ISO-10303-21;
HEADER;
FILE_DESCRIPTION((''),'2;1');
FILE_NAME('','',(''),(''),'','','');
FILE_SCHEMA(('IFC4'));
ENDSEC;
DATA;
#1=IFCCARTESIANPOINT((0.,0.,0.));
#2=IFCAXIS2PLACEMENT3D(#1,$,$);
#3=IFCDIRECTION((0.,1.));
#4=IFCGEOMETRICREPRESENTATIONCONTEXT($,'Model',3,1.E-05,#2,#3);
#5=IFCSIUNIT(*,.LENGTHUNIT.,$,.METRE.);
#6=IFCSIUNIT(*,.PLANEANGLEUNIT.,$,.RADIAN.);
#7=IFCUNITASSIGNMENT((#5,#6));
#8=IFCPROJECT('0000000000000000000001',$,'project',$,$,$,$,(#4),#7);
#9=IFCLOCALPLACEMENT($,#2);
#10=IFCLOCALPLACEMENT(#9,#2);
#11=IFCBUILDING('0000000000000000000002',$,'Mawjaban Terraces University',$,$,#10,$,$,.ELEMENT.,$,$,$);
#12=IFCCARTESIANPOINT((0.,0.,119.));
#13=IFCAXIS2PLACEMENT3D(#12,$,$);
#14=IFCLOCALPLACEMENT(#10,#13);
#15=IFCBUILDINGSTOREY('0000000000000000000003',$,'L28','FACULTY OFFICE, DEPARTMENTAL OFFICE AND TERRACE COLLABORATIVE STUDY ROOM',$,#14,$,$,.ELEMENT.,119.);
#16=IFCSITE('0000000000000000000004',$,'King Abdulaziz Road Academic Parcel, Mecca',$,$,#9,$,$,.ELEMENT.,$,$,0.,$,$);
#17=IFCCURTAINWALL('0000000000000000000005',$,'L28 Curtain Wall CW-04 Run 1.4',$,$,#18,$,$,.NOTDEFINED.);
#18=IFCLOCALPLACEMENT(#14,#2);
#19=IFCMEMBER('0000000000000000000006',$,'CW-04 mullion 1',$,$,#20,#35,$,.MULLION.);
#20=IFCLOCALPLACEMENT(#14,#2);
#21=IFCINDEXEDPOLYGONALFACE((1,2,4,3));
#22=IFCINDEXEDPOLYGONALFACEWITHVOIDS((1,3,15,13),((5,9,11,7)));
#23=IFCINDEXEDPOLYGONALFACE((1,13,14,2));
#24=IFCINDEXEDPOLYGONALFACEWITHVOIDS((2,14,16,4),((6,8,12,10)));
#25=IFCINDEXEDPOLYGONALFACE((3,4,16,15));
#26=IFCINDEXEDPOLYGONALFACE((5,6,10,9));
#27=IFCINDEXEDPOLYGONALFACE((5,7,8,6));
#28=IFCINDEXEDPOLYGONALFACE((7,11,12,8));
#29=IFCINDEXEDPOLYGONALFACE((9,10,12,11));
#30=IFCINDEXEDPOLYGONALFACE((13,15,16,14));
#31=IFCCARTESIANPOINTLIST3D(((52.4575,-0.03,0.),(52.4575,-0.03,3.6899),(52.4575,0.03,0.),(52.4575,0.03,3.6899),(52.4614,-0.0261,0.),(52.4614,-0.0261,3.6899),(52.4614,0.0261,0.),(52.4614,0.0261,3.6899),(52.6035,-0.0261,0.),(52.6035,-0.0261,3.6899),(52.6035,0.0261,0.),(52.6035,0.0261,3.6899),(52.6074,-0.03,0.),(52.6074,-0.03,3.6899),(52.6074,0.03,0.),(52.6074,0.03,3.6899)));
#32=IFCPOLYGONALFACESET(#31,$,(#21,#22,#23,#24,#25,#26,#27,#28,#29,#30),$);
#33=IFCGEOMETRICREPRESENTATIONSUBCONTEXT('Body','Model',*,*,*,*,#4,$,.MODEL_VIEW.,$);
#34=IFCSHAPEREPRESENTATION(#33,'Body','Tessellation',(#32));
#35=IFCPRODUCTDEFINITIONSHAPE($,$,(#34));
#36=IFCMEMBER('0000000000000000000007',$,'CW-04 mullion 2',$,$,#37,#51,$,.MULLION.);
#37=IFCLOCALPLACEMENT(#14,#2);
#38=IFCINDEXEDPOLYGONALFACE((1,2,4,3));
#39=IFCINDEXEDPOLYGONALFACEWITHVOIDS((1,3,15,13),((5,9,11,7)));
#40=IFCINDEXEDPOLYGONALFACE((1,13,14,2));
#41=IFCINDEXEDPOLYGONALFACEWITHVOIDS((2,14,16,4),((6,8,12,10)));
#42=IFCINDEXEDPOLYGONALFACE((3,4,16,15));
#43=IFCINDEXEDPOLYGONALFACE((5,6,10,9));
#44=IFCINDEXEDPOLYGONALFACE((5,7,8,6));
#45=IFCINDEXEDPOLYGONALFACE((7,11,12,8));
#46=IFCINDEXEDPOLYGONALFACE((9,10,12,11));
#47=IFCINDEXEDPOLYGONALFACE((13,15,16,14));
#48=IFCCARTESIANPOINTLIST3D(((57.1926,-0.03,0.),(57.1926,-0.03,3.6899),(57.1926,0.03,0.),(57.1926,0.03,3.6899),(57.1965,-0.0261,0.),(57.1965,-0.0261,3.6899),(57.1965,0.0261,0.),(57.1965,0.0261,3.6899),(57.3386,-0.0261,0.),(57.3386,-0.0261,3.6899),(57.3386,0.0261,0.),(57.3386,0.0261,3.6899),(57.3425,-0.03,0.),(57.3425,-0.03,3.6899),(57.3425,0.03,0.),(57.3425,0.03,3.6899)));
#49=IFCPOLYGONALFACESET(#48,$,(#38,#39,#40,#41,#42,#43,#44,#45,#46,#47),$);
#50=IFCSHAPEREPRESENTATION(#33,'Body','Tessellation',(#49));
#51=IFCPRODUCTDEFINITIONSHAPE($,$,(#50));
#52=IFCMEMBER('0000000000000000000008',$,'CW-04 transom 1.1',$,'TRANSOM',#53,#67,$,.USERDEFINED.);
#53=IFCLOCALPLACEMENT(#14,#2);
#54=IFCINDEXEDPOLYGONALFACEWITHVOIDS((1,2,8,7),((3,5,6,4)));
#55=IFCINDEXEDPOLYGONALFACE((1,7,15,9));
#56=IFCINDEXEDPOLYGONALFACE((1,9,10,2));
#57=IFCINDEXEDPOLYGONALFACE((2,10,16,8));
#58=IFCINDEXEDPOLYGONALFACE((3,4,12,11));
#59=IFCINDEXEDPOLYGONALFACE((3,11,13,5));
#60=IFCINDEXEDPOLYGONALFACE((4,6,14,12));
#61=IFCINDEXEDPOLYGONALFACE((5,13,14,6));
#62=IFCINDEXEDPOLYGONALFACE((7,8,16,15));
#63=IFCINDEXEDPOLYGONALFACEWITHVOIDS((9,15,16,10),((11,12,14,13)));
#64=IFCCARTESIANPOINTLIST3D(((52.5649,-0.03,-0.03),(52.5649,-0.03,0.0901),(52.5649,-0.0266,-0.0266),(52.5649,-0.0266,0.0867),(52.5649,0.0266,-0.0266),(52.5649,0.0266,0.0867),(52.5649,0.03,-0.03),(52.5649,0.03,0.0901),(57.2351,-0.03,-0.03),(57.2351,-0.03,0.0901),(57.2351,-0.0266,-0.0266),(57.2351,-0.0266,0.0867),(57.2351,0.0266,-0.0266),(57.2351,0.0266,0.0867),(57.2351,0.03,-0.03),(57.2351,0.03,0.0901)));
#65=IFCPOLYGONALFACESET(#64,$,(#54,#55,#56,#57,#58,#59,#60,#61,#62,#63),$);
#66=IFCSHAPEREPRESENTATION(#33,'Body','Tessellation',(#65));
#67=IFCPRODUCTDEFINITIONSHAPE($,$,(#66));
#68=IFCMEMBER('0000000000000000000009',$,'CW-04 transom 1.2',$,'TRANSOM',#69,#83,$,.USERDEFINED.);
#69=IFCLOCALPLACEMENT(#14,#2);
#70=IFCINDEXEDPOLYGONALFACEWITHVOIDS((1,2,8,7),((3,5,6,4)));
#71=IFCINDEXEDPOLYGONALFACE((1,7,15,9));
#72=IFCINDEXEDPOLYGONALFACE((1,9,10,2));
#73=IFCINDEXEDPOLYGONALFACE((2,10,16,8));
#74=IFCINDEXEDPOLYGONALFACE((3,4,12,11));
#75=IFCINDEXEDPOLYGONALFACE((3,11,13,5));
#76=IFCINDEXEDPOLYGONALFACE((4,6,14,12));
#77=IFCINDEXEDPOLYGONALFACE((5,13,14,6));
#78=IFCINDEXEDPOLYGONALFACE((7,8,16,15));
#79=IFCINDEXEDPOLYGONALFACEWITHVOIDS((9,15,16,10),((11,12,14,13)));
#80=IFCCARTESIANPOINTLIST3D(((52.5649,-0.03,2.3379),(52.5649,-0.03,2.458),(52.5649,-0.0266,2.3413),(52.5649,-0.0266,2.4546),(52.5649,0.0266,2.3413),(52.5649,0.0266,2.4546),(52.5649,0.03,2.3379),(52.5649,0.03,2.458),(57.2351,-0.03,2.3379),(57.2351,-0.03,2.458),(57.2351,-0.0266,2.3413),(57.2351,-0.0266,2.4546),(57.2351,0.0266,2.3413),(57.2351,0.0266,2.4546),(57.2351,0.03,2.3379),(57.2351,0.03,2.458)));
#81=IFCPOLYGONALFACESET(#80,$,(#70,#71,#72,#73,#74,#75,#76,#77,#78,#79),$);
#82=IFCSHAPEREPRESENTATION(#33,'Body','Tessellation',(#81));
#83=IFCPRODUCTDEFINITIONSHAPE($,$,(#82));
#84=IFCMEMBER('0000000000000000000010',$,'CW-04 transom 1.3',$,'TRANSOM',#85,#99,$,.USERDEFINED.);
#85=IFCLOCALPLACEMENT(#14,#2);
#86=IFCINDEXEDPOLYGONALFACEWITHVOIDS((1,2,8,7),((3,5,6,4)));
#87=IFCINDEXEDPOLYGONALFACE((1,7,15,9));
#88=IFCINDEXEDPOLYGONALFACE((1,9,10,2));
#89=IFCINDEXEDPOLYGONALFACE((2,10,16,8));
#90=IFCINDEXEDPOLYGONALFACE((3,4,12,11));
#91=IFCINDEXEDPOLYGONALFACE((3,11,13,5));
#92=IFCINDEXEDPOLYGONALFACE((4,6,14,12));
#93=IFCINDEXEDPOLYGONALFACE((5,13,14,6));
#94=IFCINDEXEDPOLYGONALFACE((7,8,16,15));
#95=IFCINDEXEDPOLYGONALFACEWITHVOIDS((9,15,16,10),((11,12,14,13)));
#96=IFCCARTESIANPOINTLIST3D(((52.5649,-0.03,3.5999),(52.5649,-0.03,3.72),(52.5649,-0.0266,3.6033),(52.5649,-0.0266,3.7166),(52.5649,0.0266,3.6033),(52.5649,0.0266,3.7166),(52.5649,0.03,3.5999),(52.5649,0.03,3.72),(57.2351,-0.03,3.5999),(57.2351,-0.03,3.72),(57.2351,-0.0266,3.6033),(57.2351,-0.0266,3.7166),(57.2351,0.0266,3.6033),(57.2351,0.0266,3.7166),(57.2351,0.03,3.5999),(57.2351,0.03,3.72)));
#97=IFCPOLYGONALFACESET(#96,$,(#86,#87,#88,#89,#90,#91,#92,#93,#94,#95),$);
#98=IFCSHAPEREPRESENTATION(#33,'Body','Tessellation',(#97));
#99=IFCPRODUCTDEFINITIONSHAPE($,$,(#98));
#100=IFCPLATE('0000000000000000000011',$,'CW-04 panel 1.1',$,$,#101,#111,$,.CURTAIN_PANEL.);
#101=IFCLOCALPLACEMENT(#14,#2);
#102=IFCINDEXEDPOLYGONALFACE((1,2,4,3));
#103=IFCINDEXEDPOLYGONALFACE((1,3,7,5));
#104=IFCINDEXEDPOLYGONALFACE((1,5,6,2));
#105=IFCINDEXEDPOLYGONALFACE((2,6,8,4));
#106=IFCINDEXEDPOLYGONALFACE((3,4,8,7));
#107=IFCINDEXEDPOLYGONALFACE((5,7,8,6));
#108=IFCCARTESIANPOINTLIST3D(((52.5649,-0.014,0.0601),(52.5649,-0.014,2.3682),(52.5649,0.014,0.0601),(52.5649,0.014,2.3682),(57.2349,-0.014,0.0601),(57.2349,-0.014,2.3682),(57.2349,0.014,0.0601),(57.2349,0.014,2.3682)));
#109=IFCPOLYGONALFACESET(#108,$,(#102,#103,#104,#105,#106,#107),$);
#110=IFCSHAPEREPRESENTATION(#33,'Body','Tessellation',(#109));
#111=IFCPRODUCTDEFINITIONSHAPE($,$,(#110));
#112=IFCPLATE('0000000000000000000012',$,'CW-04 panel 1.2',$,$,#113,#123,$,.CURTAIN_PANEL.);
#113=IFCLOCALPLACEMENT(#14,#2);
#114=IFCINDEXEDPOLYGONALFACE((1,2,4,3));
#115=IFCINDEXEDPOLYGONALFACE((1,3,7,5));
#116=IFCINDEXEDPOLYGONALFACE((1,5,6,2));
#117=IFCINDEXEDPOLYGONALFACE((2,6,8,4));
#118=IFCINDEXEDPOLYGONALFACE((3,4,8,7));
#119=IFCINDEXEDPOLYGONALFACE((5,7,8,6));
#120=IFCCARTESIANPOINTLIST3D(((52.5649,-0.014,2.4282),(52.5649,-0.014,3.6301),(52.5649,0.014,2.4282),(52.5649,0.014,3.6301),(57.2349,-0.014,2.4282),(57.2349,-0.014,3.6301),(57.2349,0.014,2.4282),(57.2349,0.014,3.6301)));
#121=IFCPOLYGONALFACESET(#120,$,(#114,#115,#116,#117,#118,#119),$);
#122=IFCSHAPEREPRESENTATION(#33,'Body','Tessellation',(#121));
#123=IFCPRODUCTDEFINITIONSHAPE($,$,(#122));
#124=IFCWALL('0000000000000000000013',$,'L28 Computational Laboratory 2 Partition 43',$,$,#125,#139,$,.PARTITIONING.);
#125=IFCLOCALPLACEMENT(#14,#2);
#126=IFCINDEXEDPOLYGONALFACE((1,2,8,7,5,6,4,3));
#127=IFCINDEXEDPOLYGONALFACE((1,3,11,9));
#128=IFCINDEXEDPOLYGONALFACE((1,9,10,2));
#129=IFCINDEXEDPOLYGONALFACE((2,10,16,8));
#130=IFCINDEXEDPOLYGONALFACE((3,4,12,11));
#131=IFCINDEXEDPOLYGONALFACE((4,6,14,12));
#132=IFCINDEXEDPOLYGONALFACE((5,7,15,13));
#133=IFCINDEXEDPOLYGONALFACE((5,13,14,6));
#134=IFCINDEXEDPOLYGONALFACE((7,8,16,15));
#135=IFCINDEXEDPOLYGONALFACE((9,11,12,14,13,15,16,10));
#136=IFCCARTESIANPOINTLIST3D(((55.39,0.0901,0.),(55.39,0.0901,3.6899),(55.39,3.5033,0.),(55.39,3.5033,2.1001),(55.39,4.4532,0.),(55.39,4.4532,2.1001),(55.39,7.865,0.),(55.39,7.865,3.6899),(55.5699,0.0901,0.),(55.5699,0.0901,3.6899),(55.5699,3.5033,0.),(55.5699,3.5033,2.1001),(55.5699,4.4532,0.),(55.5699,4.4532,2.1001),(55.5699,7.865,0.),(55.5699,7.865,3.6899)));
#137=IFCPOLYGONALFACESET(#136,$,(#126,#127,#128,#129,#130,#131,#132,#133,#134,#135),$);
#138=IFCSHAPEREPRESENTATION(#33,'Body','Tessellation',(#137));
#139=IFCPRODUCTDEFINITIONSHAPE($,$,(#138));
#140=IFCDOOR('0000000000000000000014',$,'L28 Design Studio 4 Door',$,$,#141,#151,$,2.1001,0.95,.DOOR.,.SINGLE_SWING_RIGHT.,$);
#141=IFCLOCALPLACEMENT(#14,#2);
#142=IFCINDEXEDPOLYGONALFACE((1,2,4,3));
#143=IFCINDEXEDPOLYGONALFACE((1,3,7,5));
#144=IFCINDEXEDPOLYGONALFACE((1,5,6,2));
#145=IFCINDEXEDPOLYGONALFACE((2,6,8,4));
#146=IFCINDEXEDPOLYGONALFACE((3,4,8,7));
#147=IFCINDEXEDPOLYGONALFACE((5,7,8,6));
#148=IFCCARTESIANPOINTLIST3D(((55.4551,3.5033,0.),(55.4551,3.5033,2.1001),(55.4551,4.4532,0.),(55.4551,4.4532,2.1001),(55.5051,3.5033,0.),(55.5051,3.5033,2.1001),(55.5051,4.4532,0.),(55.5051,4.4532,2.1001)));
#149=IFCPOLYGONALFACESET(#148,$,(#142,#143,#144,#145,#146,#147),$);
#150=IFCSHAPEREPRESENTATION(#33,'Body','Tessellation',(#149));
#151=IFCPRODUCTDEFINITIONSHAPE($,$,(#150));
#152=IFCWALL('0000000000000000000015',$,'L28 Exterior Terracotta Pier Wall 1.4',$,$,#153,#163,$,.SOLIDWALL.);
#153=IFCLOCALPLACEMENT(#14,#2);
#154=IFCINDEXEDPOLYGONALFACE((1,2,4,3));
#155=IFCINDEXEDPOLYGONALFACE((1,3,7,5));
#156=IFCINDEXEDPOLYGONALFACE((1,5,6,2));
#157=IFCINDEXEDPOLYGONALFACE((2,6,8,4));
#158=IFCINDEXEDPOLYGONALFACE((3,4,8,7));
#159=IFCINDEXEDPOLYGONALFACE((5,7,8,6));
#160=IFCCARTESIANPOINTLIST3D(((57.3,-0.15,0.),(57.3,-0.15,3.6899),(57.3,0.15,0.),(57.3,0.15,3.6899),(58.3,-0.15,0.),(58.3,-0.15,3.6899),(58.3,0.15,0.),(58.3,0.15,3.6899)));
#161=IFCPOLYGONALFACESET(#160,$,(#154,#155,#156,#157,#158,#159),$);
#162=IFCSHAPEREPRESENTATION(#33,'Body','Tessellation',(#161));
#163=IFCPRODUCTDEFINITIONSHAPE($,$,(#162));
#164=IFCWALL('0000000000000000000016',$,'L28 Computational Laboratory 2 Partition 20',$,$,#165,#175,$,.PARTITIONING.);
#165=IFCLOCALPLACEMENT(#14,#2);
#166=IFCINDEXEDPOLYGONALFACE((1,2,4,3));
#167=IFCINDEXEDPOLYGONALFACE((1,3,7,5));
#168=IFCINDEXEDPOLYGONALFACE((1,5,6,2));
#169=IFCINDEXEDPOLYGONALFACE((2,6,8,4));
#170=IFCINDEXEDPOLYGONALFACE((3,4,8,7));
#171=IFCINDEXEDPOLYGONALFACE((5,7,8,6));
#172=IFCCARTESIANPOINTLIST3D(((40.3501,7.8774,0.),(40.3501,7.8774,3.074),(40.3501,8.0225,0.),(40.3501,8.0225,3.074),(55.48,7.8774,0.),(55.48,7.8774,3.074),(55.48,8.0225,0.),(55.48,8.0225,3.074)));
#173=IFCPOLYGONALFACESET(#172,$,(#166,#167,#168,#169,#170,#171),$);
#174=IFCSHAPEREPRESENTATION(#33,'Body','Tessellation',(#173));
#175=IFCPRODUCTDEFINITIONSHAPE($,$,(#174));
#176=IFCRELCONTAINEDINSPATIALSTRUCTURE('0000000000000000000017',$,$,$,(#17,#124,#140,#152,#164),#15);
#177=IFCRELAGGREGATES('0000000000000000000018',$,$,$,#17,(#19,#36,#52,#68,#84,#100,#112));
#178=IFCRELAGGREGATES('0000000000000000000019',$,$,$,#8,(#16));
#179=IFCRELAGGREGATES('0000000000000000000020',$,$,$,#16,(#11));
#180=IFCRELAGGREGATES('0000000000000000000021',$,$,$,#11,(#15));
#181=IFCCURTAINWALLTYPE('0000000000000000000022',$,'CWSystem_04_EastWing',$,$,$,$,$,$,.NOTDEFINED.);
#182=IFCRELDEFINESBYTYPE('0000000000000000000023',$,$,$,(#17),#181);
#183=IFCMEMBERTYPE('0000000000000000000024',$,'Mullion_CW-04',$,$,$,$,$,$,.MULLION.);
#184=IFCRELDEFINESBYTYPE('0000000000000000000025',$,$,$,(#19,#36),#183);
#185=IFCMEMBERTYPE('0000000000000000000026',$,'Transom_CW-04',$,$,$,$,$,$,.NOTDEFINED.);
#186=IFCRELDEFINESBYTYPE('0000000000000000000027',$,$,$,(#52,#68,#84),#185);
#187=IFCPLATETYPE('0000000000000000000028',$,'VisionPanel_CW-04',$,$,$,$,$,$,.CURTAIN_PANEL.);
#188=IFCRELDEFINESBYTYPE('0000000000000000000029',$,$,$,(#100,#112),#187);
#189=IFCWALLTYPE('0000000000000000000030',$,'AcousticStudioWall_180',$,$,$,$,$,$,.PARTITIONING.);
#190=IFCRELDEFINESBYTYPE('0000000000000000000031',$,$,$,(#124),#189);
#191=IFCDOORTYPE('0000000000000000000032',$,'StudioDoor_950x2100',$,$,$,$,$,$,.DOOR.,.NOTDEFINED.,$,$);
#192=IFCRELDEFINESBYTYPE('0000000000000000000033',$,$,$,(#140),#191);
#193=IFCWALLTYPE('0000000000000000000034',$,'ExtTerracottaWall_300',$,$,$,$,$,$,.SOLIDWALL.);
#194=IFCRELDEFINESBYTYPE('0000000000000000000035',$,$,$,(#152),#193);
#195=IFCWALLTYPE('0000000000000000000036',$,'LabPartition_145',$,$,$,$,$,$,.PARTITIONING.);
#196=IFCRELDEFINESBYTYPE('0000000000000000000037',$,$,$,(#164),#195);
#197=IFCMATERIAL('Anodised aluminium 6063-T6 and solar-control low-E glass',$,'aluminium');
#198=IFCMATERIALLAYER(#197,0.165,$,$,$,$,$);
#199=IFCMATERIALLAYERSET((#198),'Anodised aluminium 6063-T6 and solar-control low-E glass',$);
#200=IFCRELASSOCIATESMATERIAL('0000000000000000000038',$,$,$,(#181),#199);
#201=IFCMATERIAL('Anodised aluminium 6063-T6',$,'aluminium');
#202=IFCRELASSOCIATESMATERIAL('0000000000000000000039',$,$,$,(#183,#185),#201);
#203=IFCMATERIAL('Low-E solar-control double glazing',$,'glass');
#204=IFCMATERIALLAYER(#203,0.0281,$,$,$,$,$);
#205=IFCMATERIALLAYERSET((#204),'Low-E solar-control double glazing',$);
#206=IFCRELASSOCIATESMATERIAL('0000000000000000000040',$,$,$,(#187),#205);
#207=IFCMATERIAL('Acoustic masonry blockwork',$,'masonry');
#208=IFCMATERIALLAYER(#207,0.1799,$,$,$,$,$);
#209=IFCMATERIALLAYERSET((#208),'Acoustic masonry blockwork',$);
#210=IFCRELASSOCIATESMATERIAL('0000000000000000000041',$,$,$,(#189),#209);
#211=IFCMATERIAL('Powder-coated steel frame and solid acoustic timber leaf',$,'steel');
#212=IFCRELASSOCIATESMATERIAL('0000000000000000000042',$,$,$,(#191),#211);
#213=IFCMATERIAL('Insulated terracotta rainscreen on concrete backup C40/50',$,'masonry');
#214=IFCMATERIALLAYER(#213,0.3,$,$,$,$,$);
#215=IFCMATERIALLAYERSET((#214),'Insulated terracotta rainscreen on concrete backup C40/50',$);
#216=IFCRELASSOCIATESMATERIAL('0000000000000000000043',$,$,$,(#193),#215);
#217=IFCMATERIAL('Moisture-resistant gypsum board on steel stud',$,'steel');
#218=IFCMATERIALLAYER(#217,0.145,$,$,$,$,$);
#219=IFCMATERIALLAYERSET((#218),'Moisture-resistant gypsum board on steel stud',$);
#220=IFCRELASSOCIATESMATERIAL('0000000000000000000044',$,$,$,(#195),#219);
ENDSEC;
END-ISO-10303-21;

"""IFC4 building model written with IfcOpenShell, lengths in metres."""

from ifc_helpers import new_model, si_unit, direction, frame, frame_2d, origin, origin_2d, place, context, subcontext, project, spatial, rectangle, hollow_rectangle, extrude, material, layer, layer_set, material_profile, profile_set, type_object, element, fill, aggregate, save


model = new_model("IFC4")

# Units and contexts
model_context = context("Model", 3, precision=1e-05, world=origin(), true_north=direction((0.0, 1.0)))
body_context = subcontext(model_context, "Body", "Model", "MODEL_VIEW")
ifc_project = project(units=[si_unit("LENGTHUNIT", "METRE"), si_unit("PLANEANGLEUNIT", "RADIAN")], contexts=[model_context])

# Site, building, storey
site_placement = place(None, origin())
site = spatial("IfcSite", under=ifc_project, at=site_placement, Name="King Abdulaziz Road Academic Parcel, Mecca", CompositionType="ELEMENT", RefElevation=0.0)
building_placement = place(site_placement, origin())
building = spatial("IfcBuilding", under=site, at=building_placement, Name="Mawjaban Terraces University", CompositionType="ELEMENT")
storey_placement = place(building_placement, frame((0.0, 0.0, 119.0)))
storey = spatial("IfcBuildingStorey", under=building, at=storey_placement, Name="L28", Description="FACULTY OFFICE, DEPARTMENTAL OFFICE AND TERRACE COLLABORATIVE STUDY ROOM", CompositionType="ELEMENT", Elevation=119.0)

# Curtain wall, members, plates
ifc_material_1 = material(Name="Anodised aluminium 6063-T6 and solar-control low-E glass", Category="aluminium")
ifc_layer_1 = layer(ifc_material_1, 0.165)
ifc_layer_set_1 = layer_set([ifc_layer_1], Name="Anodised aluminium 6063-T6 and solar-control low-E glass")
curtain_wall_type = type_object("IfcCurtainWallType", Name="CWSystem_04_EastWing", PredefinedType="NOTDEFINED", material=ifc_layer_set_1)
curtain_wall_placement = place(storey_placement, origin())
curtain_wall = element("IfcCurtainWall", 1, at=curtain_wall_placement, inside=storey, type_object=curtain_wall_type, Name="L28 Curtain Wall CW-04 Run 1.4", PredefinedType="NOTDEFINED")
ifc_material_2 = material(Name="Anodised aluminium 6063-T6", Category="aluminium")
ifc_material_profile_1 = material_profile(ifc_material_2, hollow_rectangle(XDim=0.0601, YDim=0.1499, WallThickness=0.0039, at=origin_2d()), Name="ALU150X60X4")
ifc_profile_set_1 = profile_set([ifc_material_profile_1], Name="Anodised aluminium 6063-T6")
member_type_1 = type_object("IfcMemberType", Name="Mullion_CW-04", PredefinedType="MULLION", material=ifc_profile_set_1)
member_1_placement = place(storey_placement, frame((52.5325, 0.0, 0.0), z_axis=(0.0, 0.0, 1.0), x_axis=(0.0, 1.0, 0.0)))
member_1 = element("IfcMember", 2, at=member_1_placement, type_object=member_type_1, Name="CW-04 mullion 1", PredefinedType="MULLION", context=body_context, shape_type="SweptSolid", body=[
    extrude(hollow_rectangle(XDim=0.0601, YDim=0.1499, WallThickness=0.0039, at=origin_2d()), origin(), (0.0, 0.0, 1.0), 3.6899),
])
member_2_placement = place(storey_placement, frame((57.2676, 0.0, 0.0), z_axis=(0.0, 0.0, 1.0), x_axis=(0.0, 1.0, 0.0)))
member_2 = element("IfcMember", 3, at=member_2_placement, type_object=member_type_1, Name="CW-04 mullion 2", PredefinedType="MULLION", context=body_context, shape_type="SweptSolid", body=[
    extrude(hollow_rectangle(XDim=0.0601, YDim=0.1499, WallThickness=0.0039, at=origin_2d()), origin(), (0.0, 0.0, 1.0), 3.6899),
])
ifc_material_profile_2 = material_profile(ifc_material_2, hollow_rectangle(XDim=0.0601, YDim=0.1201, WallThickness=0.0034, at=origin_2d()), Name="ALU120X60X3.5")
ifc_profile_set_2 = profile_set([ifc_material_profile_2], Name="Anodised aluminium 6063-T6")
member_type_2 = type_object("IfcMemberType", Name="Transom_CW-04", PredefinedType="NOTDEFINED", material=ifc_profile_set_2)
member_3_placement = place(storey_placement, frame((52.5649, 0.0, 0.03), z_axis=(1.0, 0.0, 0.0), x_axis=(0.0, 1.0, 0.0)))
member_3 = element("IfcMember", 4, at=member_3_placement, type_object=member_type_2, Name="CW-04 transom 1.1", ObjectType="TRANSOM", PredefinedType="USERDEFINED", context=body_context, shape_type="SweptSolid", body=[
    extrude(hollow_rectangle(XDim=0.0601, YDim=0.1201, WallThickness=0.0034, at=origin_2d()), origin(), (0.0, 0.0, 1.0), 4.6702),
])
member_4_placement = place(storey_placement, frame((52.5649, 0.0, 2.3979), z_axis=(1.0, 0.0, 0.0), x_axis=(0.0, 1.0, 0.0)))
member_4 = element("IfcMember", 5, at=member_4_placement, type_object=member_type_2, Name="CW-04 transom 1.2", ObjectType="TRANSOM", PredefinedType="USERDEFINED", context=body_context, shape_type="SweptSolid", body=[
    extrude(hollow_rectangle(XDim=0.0601, YDim=0.1201, WallThickness=0.0034, at=origin_2d()), origin(), (0.0, 0.0, 1.0), 4.6702),
])
member_5_placement = place(storey_placement, frame((52.5649, 0.0, 3.6599), z_axis=(1.0, 0.0, 0.0), x_axis=(0.0, 1.0, 0.0)))
member_5 = element("IfcMember", 6, at=member_5_placement, type_object=member_type_2, Name="CW-04 transom 1.3", ObjectType="TRANSOM", PredefinedType="USERDEFINED", context=body_context, shape_type="SweptSolid", body=[
    extrude(hollow_rectangle(XDim=0.0601, YDim=0.1201, WallThickness=0.0034, at=origin_2d()), origin(), (0.0, 0.0, 1.0), 4.6702),
])
ifc_material_3 = material(Name="Low-E solar-control double glazing", Category="glass")
ifc_layer_2 = layer(ifc_material_3, 0.0281)
ifc_layer_set_2 = layer_set([ifc_layer_2], Name="Low-E solar-control double glazing")
plate_type = type_object("IfcPlateType", Name="VisionPanel_CW-04", PredefinedType="CURTAIN_PANEL", material=ifc_layer_set_2)
plate_1_placement = place(storey_placement, frame((54.8999, 0.0, 0.0601), z_axis=(0.0, 0.0, 1.0), x_axis=(1.0, 0.0, 0.0)))
plate_1 = element("IfcPlate", 7, at=plate_1_placement, type_object=plate_type, Name="CW-04 panel 1.1", PredefinedType="CURTAIN_PANEL", context=body_context, shape_type="SweptSolid", body=[
    extrude(rectangle(XDim=4.6699, YDim=0.0281, at=origin_2d()), origin(), (0.0, 0.0, 1.0), 2.3081),
])
plate_2_placement = place(storey_placement, frame((54.8999, 0.0, 2.4282), z_axis=(0.0, 0.0, 1.0), x_axis=(1.0, 0.0, 0.0)))
plate_2 = element("IfcPlate", 8, at=plate_2_placement, type_object=plate_type, Name="CW-04 panel 1.2", PredefinedType="CURTAIN_PANEL", context=body_context, shape_type="SweptSolid", body=[
    extrude(rectangle(XDim=4.6699, YDim=0.0281, at=origin_2d()), origin(), (0.0, 0.0, 1.0), 1.2019),
])
aggregate(curtain_wall, [member_1, member_2, member_3, member_4, member_5, plate_1, plate_2])

# Wall, opening, door
ifc_material_4 = material(Name="Acoustic masonry blockwork", Category="masonry")
ifc_layer_3 = layer(ifc_material_4, 0.1799)
ifc_layer_set_3 = layer_set([ifc_layer_3], Name="Acoustic masonry blockwork")
wall_type_1 = type_object("IfcWallType", Name="AcousticStudioWall_180", PredefinedType="PARTITIONING", material=ifc_layer_set_3)
wall_1_placement = place(storey_placement, frame((55.48, 0.0901, 0.0), z_axis=(0.0, 0.0, 1.0), x_axis=(0.0, 1.0, 0.0)))
wall_1 = element("IfcWall", 9, at=wall_1_placement, inside=storey, type_object=wall_type_1, Name="L28 Computational Laboratory 2 Partition 43", PredefinedType="PARTITIONING", context=body_context, shape_type="SweptSolid", body=[
    extrude(rectangle(XDim=7.7749, YDim=0.1799, at=frame_2d((3.8875, 0.0))), origin(), (0.0, 0.0, 1.0), 3.6899),
])
opening_placement = place(wall_1_placement, frame((3.4131, 0.0, 0.0)))
opening = element("IfcOpeningElement", 10, at=opening_placement, cuts=wall_1, PredefinedType="OPENING", context=body_context, shape_type="SweptSolid", body=[
    extrude(rectangle(XDim=0.95, YDim=2.1001, at=frame_2d((0.4751, 1.05))), frame((0.0, 0.0999, 0.0), z_axis=(0.0, -1.0, 0.0), x_axis=(1.0, 0.0, 0.0)), (0.0, 0.0, 1.0), 0.2),
])
ifc_material_5 = material(Name="Powder-coated steel frame and solid acoustic timber leaf", Category="steel")
door_type = type_object("IfcDoorType", Name="StudioDoor_950x2100", OperationType="NOTDEFINED", PredefinedType="DOOR", material=ifc_material_5)
door_placement = place(opening_placement, origin())
door = element("IfcDoor", 11, at=door_placement, inside=storey, type_object=door_type, Name="L28 Design Studio 4 Door", OperationType="SINGLE_SWING_RIGHT", OverallHeight=2.1001, OverallWidth=0.95, PredefinedType="DOOR", context=body_context, shape_type="SweptSolid", body=[
    extrude(rectangle(XDim=0.95, YDim=2.1001, at=frame_2d((0.4751, 1.05))), frame((0.0, 0.0249, 0.0), z_axis=(0.0, -1.0, 0.0), x_axis=(1.0, 0.0, 0.0)), (0.0, 0.0, 1.0), 0.05),
])
fill(opening, door)

# Walls
ifc_material_6 = material(Name="Insulated terracotta rainscreen on concrete backup C40/50", Category="masonry")
ifc_layer_4 = layer(ifc_material_6, 0.3)
ifc_layer_set_4 = layer_set([ifc_layer_4], Name="Insulated terracotta rainscreen on concrete backup C40/50")
wall_type_2 = type_object("IfcWallType", Name="ExtTerracottaWall_300", PredefinedType="SOLIDWALL", material=ifc_layer_set_4)
wall_2_placement = place(storey_placement, frame((57.3, 0.0, 0.0), z_axis=(0.0, 0.0, 1.0), x_axis=(1.0, 0.0, 0.0)))
element("IfcWall", 12, at=wall_2_placement, inside=storey, type_object=wall_type_2, Name="L28 Exterior Terracotta Pier Wall 1.4", PredefinedType="SOLIDWALL", context=body_context, shape_type="SweptSolid", body=[
    extrude(rectangle(XDim=1.0, YDim=0.3, at=frame_2d((0.5, 0.0))), origin(), (0.0, 0.0, 1.0), 3.6899),
])
ifc_material_7 = material(Name="Moisture-resistant gypsum board on steel stud", Category="steel")
ifc_layer_5 = layer(ifc_material_7, 0.145)
ifc_layer_set_5 = layer_set([ifc_layer_5], Name="Moisture-resistant gypsum board on steel stud")
wall_type_3 = type_object("IfcWallType", Name="LabPartition_145", PredefinedType="PARTITIONING", material=ifc_layer_set_5)
wall_3_placement = place(storey_placement, frame((55.48, 7.95, 0.0), z_axis=(0.0, 0.0, 1.0), x_axis=(-1.0, 0.0, 0.0)))
element("IfcWall", 13, at=wall_3_placement, inside=storey, type_object=wall_type_3, Name="L28 Computational Laboratory 2 Partition 20", PredefinedType="PARTITIONING", context=body_context, shape_type="SweptSolid", body=[
    extrude(rectangle(XDim=15.1299, YDim=0.145, at=frame_2d((7.5649, 0.0))), origin(), (0.0, 0.0, 1.0), 3.074),
])

save(model, "model.ifc")
